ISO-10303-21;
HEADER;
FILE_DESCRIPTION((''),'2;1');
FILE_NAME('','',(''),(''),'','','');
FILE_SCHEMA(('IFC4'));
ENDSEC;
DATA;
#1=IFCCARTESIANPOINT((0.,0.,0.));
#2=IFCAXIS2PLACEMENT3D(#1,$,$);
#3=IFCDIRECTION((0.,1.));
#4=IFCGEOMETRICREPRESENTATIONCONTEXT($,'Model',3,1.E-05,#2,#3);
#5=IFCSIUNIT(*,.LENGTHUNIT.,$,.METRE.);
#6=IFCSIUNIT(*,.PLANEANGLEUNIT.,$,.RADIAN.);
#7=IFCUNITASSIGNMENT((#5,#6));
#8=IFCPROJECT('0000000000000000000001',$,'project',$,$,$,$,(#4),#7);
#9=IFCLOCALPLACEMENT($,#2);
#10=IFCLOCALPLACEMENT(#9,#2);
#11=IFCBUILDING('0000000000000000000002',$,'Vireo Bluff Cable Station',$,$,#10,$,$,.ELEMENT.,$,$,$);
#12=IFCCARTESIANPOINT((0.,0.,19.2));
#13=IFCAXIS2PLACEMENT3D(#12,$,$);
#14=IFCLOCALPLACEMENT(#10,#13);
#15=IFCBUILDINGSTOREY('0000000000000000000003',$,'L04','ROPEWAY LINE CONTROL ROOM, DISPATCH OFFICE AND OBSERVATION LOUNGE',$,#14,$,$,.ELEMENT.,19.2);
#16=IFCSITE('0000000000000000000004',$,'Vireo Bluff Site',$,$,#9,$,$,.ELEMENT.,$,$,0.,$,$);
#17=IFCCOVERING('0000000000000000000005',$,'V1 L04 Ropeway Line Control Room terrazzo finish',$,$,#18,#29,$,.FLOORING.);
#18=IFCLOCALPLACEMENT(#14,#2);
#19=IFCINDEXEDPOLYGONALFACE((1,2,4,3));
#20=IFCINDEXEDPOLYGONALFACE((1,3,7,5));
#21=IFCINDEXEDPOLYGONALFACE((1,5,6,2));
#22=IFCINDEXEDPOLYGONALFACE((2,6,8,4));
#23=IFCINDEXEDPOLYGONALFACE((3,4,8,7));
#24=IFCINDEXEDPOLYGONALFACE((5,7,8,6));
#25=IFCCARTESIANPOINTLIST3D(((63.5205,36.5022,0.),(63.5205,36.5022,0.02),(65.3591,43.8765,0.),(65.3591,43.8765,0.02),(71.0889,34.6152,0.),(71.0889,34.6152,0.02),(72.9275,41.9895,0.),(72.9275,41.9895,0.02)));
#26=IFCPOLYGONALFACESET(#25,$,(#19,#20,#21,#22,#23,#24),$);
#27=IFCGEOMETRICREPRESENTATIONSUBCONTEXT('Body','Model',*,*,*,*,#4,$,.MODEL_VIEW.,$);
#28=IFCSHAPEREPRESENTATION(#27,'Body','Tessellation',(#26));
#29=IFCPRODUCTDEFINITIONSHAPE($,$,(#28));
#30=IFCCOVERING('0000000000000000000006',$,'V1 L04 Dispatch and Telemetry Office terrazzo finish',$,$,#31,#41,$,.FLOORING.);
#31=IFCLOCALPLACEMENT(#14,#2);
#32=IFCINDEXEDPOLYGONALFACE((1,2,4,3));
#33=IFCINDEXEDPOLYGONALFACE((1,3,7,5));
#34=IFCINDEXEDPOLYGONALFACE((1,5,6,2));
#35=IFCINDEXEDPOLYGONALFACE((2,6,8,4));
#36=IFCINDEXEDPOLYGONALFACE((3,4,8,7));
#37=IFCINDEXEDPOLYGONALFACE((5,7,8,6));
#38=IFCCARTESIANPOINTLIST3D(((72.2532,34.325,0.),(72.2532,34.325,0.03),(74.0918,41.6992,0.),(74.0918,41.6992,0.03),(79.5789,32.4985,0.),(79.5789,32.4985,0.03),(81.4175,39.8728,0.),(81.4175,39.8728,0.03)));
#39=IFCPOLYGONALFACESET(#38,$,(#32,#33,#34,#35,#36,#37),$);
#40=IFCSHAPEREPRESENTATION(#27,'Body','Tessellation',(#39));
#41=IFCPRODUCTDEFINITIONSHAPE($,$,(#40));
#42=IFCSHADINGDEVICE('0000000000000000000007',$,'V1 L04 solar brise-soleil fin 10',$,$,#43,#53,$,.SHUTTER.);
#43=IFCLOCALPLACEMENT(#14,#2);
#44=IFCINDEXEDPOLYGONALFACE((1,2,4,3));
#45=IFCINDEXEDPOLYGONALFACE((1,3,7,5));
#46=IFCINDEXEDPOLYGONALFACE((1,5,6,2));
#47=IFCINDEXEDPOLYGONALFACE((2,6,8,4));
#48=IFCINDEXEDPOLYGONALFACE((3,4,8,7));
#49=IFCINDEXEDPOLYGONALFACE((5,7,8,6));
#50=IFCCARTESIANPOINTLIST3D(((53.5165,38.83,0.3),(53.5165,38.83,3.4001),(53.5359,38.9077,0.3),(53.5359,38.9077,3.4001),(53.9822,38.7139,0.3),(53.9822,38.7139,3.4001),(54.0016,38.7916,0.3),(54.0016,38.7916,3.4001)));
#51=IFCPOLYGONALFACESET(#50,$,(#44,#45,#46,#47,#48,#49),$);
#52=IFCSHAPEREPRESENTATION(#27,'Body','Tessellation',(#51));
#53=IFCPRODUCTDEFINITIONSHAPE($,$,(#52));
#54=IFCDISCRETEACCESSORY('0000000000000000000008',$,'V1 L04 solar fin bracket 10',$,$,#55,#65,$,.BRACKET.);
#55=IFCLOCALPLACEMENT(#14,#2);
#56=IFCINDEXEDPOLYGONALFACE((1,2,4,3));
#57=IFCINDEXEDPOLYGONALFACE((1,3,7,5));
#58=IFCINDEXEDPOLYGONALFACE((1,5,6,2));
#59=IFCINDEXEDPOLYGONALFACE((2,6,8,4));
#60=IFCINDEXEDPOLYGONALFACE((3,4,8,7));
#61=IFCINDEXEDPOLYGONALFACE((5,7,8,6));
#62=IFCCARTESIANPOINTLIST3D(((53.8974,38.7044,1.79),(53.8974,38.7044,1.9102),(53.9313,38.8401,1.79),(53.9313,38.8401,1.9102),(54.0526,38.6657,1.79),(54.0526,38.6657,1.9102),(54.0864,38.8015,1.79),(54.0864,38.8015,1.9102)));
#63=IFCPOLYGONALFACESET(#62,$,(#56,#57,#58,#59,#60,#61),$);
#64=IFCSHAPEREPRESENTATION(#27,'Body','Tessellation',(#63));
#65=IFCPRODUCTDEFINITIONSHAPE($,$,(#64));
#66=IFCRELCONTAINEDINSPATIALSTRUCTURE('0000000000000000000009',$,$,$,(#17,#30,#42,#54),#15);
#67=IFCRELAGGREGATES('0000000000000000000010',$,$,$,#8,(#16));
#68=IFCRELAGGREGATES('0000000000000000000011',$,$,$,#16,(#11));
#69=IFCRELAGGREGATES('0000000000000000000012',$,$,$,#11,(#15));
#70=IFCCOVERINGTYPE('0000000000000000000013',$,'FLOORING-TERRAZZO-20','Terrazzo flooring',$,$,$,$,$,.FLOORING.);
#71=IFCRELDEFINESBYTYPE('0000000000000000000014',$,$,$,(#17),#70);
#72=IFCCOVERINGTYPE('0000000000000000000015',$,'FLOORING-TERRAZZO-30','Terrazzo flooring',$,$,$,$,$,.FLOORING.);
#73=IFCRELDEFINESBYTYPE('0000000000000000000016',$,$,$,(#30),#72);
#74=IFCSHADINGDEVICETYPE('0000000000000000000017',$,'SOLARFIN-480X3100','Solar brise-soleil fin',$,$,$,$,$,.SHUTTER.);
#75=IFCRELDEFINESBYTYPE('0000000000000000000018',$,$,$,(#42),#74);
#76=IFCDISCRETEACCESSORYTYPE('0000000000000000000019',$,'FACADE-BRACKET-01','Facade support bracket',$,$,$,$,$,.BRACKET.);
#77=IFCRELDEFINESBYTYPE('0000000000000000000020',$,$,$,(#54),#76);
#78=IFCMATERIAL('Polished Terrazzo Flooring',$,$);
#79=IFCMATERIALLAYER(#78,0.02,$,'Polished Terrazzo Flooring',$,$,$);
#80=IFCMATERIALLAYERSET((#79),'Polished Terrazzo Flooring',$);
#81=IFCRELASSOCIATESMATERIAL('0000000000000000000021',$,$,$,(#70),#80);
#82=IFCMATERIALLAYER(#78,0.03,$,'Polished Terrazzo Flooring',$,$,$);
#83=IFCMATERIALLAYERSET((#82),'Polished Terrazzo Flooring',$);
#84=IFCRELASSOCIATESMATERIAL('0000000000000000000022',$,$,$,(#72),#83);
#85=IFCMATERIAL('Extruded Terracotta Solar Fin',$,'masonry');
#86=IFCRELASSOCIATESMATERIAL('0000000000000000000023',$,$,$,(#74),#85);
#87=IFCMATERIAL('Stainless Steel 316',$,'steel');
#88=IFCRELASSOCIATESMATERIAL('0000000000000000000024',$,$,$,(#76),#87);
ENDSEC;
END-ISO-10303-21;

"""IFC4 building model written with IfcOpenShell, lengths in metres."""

from ifc_helpers import new_model, si_unit, direction, frame, origin, origin_2d, place, context, subcontext, project, spatial, polyline, rectangle, outline, extrude, material, layer, layer_set, type_object, element, save


model = new_model("IFC4")

# Units and contexts
model_context = context("Model", 3, precision=1e-05, world=origin(), true_north=direction((0.0, 1.0)))
body_context = subcontext(model_context, "Body", "Model", "MODEL_VIEW")
ifc_project = project(units=[si_unit("LENGTHUNIT", "METRE"), si_unit("PLANEANGLEUNIT", "RADIAN")], contexts=[model_context])

# Site, building, storey
site_placement = place(None, origin())
site = spatial("IfcSite", under=ifc_project, at=site_placement, Name="Vireo Bluff Site", CompositionType="ELEMENT", RefElevation=0.0)
building_placement = place(site_placement, origin())
building = spatial("IfcBuilding", under=site, at=building_placement, Name="Vireo Bluff Cable Station", CompositionType="ELEMENT")
storey_placement = place(building_placement, frame((0.0, 0.0, 19.2)))
storey = spatial("IfcBuildingStorey", under=building, at=storey_placement, Name="L04", Description="ROPEWAY LINE CONTROL ROOM, DISPATCH OFFICE AND OBSERVATION LOUNGE", CompositionType="ELEMENT", Elevation=19.2)

# Coverings
ifc_material_1 = material(Name="Polished Terrazzo Flooring")
ifc_layer_1 = layer(ifc_material_1, 0.02, Name="Polished Terrazzo Flooring")
ifc_layer_set_1 = layer_set([ifc_layer_1], Name="Polished Terrazzo Flooring")
covering_type_1 = type_object("IfcCoveringType", Name="FLOORING-TERRAZZO-20", Description="Terrazzo flooring", PredefinedType="FLOORING", material=ifc_layer_set_1)
covering_1_placement = place(storey_placement, origin())
element("IfcCovering", 1, at=covering_1_placement, inside=storey, type_object=covering_type_1, Name="V1 L04 Ropeway Line Control Room terrazzo finish", PredefinedType="FLOORING", context=body_context, shape_type="SweptSolid", body=[
    extrude(outline(polyline([(63.5205, 36.5022), (71.0889, 34.6152), (72.9275, 41.9895), (65.3591, 43.8765), (63.5205, 36.5022)])), origin(), (0.0, 0.0, 1.0), 0.02),
])
ifc_layer_2 = layer(ifc_material_1, 0.03, Name="Polished Terrazzo Flooring")
ifc_layer_set_2 = layer_set([ifc_layer_2], Name="Polished Terrazzo Flooring")
covering_type_2 = type_object("IfcCoveringType", Name="FLOORING-TERRAZZO-30", Description="Terrazzo flooring", PredefinedType="FLOORING", material=ifc_layer_set_2)
covering_2_placement = place(storey_placement, origin())
element("IfcCovering", 2, at=covering_2_placement, inside=storey, type_object=covering_type_2, Name="V1 L04 Dispatch and Telemetry Office terrazzo finish", PredefinedType="FLOORING", context=body_context, shape_type="SweptSolid", body=[
    extrude(outline(polyline([(72.2532, 34.325), (79.5789, 32.4985), (81.4175, 39.8728), (74.0918, 41.6992), (72.2532, 34.325)])), origin(), (0.0, 0.0, 1.0), 0.03),
])

# Shading device
ifc_material_2 = material(Name="Extruded Terracotta Solar Fin", Category="masonry")
shading_device_type = type_object("IfcShadingDeviceType", Name="SOLARFIN-480X3100", Description="Solar brise-soleil fin", PredefinedType="SHUTTER", material=ifc_material_2)
shading_device_placement = place(storey_placement, frame((53.759, 38.8108, 0.3), z_axis=(0.0, 0.0, 1.0), x_axis=(0.241922, 0.970296, 0.0)))
element("IfcShadingDevice", 3, at=shading_device_placement, inside=storey, type_object=shading_device_type, Name="V1 L04 solar brise-soleil fin 10", PredefinedType="SHUTTER", context=body_context, shape_type="SweptSolid", body=[
    extrude(rectangle(XDim=0.0801, YDim=0.48, at=origin_2d()), origin(), (0.0, 0.0, 1.0), 3.1001),
])

# Discrete accessory
ifc_material_3 = material(Name="Stainless Steel 316", Category="steel")
discrete_accessory_type = type_object("IfcDiscreteAccessoryType", Name="FACADE-BRACKET-01", Description="Facade support bracket", PredefinedType="BRACKET", material=ifc_material_3)
discrete_accessory_placement = place(storey_placement, frame((53.9919, 38.7529, 1.79), z_axis=(0.0, 0.0, 1.0), x_axis=(0.241922, 0.970296, 0.0)))
element("IfcDiscreteAccessory", 4, at=discrete_accessory_placement, inside=storey, type_object=discrete_accessory_type, Name="V1 L04 solar fin bracket 10", PredefinedType="BRACKET", context=body_context, shape_type="SweptSolid", body=[
    extrude(rectangle(XDim=0.1399, YDim=0.1599, at=origin_2d()), origin(), (0.0, 0.0, 1.0), 0.1201),
])

save(model, "model.ifc")
